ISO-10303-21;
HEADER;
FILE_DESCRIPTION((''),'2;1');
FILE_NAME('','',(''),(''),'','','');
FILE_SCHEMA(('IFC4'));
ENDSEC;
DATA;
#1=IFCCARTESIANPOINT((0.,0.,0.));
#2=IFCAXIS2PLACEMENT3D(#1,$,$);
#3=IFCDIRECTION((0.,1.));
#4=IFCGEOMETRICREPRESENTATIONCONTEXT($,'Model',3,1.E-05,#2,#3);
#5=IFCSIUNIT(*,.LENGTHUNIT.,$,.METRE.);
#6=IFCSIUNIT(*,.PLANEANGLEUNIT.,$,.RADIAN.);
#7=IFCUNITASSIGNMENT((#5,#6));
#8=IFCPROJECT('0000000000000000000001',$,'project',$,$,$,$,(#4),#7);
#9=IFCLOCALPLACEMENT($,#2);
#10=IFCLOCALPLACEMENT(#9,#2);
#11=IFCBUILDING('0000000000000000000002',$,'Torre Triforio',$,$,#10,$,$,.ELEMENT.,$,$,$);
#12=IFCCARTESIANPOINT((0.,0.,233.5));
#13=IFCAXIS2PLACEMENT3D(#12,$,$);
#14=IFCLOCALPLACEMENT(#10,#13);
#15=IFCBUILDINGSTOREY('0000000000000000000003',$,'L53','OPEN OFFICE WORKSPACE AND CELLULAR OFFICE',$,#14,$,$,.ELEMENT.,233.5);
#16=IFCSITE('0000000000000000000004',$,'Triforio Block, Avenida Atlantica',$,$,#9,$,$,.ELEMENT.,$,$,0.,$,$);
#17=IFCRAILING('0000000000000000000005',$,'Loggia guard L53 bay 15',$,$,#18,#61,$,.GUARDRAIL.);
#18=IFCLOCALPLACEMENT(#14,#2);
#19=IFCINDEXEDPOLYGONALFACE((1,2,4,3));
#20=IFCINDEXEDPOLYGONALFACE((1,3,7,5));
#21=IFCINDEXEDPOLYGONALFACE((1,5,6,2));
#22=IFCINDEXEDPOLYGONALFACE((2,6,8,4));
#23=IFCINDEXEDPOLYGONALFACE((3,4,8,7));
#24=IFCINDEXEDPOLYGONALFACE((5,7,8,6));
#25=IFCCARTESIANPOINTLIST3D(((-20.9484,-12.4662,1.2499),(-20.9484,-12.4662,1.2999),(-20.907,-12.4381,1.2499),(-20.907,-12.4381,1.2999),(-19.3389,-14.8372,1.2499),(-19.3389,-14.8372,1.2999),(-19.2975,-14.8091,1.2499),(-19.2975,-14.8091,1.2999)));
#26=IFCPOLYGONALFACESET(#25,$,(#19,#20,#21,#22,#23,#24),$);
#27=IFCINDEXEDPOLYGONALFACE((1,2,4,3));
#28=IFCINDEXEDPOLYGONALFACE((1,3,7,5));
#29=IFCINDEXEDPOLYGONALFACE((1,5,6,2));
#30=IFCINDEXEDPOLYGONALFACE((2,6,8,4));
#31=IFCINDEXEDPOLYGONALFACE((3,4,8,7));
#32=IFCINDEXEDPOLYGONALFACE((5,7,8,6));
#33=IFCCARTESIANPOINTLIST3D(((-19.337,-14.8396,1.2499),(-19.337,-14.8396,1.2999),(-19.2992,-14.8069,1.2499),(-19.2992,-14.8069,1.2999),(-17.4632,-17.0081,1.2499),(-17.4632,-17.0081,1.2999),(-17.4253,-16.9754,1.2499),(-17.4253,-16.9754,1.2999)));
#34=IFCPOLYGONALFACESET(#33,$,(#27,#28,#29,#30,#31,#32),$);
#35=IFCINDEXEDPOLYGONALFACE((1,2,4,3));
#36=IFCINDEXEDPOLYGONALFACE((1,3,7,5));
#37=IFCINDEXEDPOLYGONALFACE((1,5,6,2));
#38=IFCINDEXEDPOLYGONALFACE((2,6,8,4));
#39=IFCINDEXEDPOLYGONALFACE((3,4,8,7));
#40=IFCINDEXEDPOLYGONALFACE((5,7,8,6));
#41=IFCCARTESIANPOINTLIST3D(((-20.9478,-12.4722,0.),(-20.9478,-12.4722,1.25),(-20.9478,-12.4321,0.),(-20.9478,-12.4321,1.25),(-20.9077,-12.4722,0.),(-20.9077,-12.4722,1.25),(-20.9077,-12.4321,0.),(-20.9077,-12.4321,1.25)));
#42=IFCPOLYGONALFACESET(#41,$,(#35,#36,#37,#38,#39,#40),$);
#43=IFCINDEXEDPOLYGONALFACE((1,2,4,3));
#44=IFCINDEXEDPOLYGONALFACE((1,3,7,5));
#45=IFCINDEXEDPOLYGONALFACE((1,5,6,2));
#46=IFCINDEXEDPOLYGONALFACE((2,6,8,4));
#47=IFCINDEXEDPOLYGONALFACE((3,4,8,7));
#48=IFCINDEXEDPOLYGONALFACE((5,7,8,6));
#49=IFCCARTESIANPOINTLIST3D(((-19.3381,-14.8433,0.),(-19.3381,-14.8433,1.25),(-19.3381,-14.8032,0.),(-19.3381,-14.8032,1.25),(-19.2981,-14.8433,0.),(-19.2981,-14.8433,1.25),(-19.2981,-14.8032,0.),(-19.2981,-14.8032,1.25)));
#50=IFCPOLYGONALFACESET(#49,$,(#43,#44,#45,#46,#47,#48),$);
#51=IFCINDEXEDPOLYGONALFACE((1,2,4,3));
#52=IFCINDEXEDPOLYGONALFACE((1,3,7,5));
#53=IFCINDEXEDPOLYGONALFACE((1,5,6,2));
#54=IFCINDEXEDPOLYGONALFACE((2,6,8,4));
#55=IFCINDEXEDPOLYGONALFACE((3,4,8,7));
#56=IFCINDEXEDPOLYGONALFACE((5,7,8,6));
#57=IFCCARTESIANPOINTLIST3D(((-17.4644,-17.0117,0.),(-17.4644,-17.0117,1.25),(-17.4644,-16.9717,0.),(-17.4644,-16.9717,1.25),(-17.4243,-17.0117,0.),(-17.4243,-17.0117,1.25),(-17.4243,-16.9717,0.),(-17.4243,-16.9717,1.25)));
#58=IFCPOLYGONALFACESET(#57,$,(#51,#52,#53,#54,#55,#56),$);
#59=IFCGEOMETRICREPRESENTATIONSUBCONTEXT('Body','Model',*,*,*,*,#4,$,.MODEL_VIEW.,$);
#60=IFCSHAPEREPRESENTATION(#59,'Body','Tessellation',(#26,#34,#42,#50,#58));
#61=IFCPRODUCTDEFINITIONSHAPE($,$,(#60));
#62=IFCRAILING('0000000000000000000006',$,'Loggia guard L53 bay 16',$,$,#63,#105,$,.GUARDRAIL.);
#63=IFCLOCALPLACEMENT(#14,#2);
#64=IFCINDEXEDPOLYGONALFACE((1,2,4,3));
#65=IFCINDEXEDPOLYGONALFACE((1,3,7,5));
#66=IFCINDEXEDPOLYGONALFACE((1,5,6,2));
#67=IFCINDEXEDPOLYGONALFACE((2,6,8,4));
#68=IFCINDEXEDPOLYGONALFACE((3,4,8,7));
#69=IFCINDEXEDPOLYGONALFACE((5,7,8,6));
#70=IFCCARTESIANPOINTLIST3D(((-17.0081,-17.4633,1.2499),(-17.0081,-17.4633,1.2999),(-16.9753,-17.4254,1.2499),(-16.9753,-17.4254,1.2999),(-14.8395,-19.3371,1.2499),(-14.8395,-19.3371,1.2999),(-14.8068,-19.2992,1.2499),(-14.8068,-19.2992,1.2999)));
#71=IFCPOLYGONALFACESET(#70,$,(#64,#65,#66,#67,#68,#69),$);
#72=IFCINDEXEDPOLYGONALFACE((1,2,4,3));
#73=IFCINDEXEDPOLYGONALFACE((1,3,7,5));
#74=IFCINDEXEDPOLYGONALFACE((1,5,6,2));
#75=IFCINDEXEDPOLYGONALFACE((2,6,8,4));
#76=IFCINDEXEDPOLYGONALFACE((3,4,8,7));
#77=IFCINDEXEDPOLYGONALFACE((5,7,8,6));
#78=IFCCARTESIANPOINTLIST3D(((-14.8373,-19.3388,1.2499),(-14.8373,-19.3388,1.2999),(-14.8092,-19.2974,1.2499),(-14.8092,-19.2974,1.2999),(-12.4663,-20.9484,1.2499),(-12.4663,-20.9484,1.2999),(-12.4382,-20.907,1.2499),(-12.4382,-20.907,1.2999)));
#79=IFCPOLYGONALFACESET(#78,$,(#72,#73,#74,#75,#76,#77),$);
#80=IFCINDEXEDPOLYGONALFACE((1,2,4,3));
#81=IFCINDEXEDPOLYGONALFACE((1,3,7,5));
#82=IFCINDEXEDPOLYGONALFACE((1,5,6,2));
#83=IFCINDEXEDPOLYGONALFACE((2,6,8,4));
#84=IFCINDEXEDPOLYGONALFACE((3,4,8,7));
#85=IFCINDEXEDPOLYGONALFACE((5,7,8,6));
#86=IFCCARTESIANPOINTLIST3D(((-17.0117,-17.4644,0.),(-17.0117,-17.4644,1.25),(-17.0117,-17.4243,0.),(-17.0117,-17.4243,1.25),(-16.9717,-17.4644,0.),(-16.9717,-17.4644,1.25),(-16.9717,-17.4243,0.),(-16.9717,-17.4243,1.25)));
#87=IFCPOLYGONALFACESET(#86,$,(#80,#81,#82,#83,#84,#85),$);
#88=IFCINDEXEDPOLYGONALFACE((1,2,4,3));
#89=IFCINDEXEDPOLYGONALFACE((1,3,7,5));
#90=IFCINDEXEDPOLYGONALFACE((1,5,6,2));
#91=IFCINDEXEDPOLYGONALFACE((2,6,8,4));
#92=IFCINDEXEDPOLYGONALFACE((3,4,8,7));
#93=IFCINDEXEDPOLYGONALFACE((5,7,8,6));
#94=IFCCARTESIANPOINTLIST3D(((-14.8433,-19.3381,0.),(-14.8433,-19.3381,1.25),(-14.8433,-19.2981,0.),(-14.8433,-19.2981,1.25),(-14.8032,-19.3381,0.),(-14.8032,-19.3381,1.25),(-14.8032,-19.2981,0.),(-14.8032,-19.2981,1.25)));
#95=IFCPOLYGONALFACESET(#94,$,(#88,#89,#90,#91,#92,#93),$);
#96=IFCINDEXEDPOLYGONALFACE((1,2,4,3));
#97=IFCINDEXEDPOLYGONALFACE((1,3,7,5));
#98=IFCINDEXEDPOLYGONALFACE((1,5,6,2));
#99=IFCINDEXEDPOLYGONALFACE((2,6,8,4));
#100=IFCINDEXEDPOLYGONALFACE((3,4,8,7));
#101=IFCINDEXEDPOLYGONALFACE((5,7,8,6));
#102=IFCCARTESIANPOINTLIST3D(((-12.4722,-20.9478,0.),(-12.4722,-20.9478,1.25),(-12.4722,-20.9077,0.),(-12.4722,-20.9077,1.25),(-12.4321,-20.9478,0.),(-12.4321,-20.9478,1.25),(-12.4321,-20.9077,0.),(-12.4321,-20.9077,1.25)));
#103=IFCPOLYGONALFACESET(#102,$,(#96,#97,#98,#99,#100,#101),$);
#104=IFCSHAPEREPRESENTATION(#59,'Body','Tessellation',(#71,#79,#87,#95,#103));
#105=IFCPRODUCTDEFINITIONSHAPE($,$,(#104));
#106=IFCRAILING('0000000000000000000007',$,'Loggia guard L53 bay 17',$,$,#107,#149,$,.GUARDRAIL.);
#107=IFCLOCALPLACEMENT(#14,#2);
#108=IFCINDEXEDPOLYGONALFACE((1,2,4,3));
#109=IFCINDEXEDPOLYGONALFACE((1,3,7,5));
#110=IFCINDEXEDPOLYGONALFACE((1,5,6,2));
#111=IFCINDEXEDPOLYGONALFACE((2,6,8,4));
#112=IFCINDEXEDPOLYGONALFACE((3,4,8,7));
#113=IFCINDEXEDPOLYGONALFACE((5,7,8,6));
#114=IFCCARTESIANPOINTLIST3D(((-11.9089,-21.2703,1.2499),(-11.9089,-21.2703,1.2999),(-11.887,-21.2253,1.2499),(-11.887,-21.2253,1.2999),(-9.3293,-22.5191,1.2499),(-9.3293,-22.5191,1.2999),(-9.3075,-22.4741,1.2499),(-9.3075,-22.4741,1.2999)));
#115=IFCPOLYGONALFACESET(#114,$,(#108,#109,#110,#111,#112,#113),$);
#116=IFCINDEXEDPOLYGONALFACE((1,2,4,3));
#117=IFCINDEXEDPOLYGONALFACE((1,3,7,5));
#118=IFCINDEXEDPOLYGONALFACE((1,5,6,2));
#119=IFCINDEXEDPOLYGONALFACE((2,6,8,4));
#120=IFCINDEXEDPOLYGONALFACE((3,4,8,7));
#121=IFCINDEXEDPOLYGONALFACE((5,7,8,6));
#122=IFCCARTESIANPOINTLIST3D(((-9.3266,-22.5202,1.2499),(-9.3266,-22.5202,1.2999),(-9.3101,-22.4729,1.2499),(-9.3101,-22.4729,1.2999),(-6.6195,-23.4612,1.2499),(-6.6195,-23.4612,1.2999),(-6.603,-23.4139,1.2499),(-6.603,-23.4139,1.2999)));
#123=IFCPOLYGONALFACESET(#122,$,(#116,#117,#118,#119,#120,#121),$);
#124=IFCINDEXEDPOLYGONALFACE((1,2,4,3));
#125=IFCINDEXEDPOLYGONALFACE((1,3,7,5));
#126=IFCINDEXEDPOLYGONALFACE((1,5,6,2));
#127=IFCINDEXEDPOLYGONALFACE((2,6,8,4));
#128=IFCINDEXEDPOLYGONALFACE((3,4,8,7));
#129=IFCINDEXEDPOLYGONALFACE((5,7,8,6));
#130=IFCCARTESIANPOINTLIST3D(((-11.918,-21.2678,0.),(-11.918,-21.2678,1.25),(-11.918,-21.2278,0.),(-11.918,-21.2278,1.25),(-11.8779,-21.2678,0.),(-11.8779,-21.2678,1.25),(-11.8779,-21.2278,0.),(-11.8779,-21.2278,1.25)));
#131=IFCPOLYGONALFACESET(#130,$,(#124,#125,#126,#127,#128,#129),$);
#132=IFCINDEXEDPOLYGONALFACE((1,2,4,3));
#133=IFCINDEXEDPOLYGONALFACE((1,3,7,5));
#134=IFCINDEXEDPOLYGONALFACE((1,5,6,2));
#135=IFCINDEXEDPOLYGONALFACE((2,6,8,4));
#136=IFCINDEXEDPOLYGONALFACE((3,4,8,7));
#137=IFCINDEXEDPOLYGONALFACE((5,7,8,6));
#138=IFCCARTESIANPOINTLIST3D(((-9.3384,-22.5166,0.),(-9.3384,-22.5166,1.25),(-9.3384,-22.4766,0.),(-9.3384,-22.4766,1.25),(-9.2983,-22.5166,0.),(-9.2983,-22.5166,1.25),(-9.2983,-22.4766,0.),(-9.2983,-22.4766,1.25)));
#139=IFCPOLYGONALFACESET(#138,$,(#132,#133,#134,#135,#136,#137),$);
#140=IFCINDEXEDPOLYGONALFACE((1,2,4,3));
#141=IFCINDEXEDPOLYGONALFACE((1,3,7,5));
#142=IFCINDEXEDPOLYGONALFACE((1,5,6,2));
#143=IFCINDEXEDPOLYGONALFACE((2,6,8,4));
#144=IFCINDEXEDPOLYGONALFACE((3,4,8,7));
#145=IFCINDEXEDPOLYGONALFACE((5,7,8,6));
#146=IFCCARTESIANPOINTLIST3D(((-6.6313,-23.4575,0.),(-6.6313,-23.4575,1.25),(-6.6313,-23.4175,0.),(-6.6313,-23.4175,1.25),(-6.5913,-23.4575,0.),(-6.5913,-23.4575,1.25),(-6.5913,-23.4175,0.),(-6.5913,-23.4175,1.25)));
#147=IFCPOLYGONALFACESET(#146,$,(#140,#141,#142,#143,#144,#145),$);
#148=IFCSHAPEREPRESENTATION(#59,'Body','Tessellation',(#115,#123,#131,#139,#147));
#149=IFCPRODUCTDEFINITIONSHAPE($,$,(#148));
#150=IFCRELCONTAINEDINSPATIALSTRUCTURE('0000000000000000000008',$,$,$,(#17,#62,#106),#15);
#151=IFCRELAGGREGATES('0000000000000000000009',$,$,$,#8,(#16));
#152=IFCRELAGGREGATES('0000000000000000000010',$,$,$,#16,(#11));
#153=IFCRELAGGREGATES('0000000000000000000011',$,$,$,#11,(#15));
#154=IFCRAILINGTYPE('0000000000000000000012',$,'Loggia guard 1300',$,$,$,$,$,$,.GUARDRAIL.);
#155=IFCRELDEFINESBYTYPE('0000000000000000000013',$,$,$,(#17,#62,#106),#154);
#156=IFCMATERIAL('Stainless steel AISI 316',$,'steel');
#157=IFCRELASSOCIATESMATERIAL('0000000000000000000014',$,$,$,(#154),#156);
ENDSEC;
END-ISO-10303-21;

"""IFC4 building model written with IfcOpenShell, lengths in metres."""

from ifc_helpers import new_model, si_unit, direction, frame, origin, origin_2d, place, context, subcontext, project, spatial, rectangle, extrude, material, type_object, element, save


model = new_model("IFC4")

# Units and contexts
model_context = context("Model", 3, precision=1e-05, world=origin(), true_north=direction((0.0, 1.0)))
body_context = subcontext(model_context, "Body", "Model", "MODEL_VIEW")
ifc_project = project(units=[si_unit("LENGTHUNIT", "METRE"), si_unit("PLANEANGLEUNIT", "RADIAN")], contexts=[model_context])

# Site, building, storey
site_placement = place(None, origin())
site = spatial("IfcSite", under=ifc_project, at=site_placement, Name="Triforio Block, Avenida Atlantica", CompositionType="ELEMENT", RefElevation=0.0)
building_placement = place(site_placement, origin())
building = spatial("IfcBuilding", under=site, at=building_placement, Name="Torre Triforio", CompositionType="ELEMENT")
storey_placement = place(building_placement, frame((0.0, 0.0, 233.5)))
storey = spatial("IfcBuildingStorey", under=building, at=storey_placement, Name="L53", Description="OPEN OFFICE WORKSPACE AND CELLULAR OFFICE", CompositionType="ELEMENT", Elevation=233.5)

# Railings
ifc_material_1 = material(Name="Stainless steel AISI 316", Category="steel")
railing_type = type_object("IfcRailingType", Name="Loggia guard 1300", PredefinedType="GUARDRAIL", material=ifc_material_1)
railing_1_placement = place(storey_placement, frame((-20.9277, -12.4521, 0.0)))
element("IfcRailing", 1, at=railing_1_placement, inside=storey, type_object=railing_type, Name="Loggia guard L53 bay 15", PredefinedType="GUARDRAIL", context=body_context, shape_type="SweptSolid", body=[
    extrude(rectangle(XDim=0.05, YDim=0.05, at=origin_2d()), frame((0.0, 0.0, 1.2749), z_axis=(0.56166, -0.827368, 0.0), x_axis=(0.827368, 0.56166, 0.0)), (0.0, 0.0, 1.0), 2.8657),
    extrude(rectangle(XDim=0.05, YDim=0.05, at=origin_2d()), frame((1.6096, -2.3711, 1.2749), z_axis=(0.653824, -0.756647, 0.0), x_axis=(0.756647, 0.653824, 0.0)), (0.0, 0.0, 1.0), 2.866),
    extrude(rectangle(XDim=0.04, YDim=0.04, at=origin_2d()), origin(), (0.0, 0.0, 1.0), 1.25),
    extrude(rectangle(XDim=0.04, YDim=0.04, at=origin_2d()), frame((1.6096, -2.3711, 0.0)), (0.0, 0.0, 1.0), 1.25),
    extrude(rectangle(XDim=0.04, YDim=0.04, at=origin_2d()), frame((3.4834, -4.5396, 0.0)), (0.0, 0.0, 1.0), 1.25),
])
railing_2_placement = place(storey_placement, frame((-16.9917, -17.4443, 0.0)))
element("IfcRailing", 2, at=railing_2_placement, inside=storey, type_object=railing_type, Name="Loggia guard L53 bay 16", PredefinedType="GUARDRAIL", context=body_context, shape_type="SweptSolid", body=[
    extrude(rectangle(XDim=0.05, YDim=0.05, at=origin_2d()), frame((0.0, 0.0, 1.2749), z_axis=(0.756647, -0.653824, 0.0), x_axis=(0.653824, 0.756647, 0.0)), (0.0, 0.0, 1.0), 2.866),
    extrude(rectangle(XDim=0.05, YDim=0.05, at=origin_2d()), frame((2.1685, -1.8738, 1.2749), z_axis=(0.827368, -0.56166, 0.0), x_axis=(0.56166, 0.827368, 0.0)), (0.0, 0.0, 1.0), 2.8657),
    extrude(rectangle(XDim=0.04, YDim=0.04, at=origin_2d()), origin(), (0.0, 0.0, 1.0), 1.25),
    extrude(rectangle(XDim=0.04, YDim=0.04, at=origin_2d()), frame((2.1685, -1.8738, 0.0)), (0.0, 0.0, 1.0), 1.25),
    extrude(rectangle(XDim=0.04, YDim=0.04, at=origin_2d()), frame((4.5396, -3.4834, 0.0)), (0.0, 0.0, 1.0), 1.25),
])
railing_3_placement = place(storey_placement, frame((-11.8979, -21.2478, 0.0)))
element("IfcRailing", 3, at=railing_3_placement, inside=storey, type_object=railing_type, Name="Loggia guard L53 bay 17", PredefinedType="GUARDRAIL", context=body_context, shape_type="SweptSolid", body=[
    extrude(rectangle(XDim=0.05, YDim=0.05, at=origin_2d()), frame((0.0, 0.0, 1.2749), z_axis=(0.900078, -0.435728, 0.0), x_axis=(0.435728, 0.900078, 0.0)), (0.0, 0.0, 1.0), 2.866),
    extrude(rectangle(XDim=0.05, YDim=0.05, at=origin_2d()), frame((2.5796, -1.2488, 1.2749), z_axis=(0.944568, -0.328316, 0.0), x_axis=(0.328316, 0.944568, 0.0)), (0.0, 0.0, 1.0), 2.866),
    extrude(rectangle(XDim=0.04, YDim=0.04, at=origin_2d()), origin(), (0.0, 0.0, 1.0), 1.25),
    extrude(rectangle(XDim=0.04, YDim=0.04, at=origin_2d()), frame((2.5796, -1.2488, 0.0)), (0.0, 0.0, 1.0), 1.25),
    extrude(rectangle(XDim=0.04, YDim=0.04, at=origin_2d()), frame((5.2866, -2.1897, 0.0)), (0.0, 0.0, 1.0), 1.25),
])

save(model, "model.ifc")
